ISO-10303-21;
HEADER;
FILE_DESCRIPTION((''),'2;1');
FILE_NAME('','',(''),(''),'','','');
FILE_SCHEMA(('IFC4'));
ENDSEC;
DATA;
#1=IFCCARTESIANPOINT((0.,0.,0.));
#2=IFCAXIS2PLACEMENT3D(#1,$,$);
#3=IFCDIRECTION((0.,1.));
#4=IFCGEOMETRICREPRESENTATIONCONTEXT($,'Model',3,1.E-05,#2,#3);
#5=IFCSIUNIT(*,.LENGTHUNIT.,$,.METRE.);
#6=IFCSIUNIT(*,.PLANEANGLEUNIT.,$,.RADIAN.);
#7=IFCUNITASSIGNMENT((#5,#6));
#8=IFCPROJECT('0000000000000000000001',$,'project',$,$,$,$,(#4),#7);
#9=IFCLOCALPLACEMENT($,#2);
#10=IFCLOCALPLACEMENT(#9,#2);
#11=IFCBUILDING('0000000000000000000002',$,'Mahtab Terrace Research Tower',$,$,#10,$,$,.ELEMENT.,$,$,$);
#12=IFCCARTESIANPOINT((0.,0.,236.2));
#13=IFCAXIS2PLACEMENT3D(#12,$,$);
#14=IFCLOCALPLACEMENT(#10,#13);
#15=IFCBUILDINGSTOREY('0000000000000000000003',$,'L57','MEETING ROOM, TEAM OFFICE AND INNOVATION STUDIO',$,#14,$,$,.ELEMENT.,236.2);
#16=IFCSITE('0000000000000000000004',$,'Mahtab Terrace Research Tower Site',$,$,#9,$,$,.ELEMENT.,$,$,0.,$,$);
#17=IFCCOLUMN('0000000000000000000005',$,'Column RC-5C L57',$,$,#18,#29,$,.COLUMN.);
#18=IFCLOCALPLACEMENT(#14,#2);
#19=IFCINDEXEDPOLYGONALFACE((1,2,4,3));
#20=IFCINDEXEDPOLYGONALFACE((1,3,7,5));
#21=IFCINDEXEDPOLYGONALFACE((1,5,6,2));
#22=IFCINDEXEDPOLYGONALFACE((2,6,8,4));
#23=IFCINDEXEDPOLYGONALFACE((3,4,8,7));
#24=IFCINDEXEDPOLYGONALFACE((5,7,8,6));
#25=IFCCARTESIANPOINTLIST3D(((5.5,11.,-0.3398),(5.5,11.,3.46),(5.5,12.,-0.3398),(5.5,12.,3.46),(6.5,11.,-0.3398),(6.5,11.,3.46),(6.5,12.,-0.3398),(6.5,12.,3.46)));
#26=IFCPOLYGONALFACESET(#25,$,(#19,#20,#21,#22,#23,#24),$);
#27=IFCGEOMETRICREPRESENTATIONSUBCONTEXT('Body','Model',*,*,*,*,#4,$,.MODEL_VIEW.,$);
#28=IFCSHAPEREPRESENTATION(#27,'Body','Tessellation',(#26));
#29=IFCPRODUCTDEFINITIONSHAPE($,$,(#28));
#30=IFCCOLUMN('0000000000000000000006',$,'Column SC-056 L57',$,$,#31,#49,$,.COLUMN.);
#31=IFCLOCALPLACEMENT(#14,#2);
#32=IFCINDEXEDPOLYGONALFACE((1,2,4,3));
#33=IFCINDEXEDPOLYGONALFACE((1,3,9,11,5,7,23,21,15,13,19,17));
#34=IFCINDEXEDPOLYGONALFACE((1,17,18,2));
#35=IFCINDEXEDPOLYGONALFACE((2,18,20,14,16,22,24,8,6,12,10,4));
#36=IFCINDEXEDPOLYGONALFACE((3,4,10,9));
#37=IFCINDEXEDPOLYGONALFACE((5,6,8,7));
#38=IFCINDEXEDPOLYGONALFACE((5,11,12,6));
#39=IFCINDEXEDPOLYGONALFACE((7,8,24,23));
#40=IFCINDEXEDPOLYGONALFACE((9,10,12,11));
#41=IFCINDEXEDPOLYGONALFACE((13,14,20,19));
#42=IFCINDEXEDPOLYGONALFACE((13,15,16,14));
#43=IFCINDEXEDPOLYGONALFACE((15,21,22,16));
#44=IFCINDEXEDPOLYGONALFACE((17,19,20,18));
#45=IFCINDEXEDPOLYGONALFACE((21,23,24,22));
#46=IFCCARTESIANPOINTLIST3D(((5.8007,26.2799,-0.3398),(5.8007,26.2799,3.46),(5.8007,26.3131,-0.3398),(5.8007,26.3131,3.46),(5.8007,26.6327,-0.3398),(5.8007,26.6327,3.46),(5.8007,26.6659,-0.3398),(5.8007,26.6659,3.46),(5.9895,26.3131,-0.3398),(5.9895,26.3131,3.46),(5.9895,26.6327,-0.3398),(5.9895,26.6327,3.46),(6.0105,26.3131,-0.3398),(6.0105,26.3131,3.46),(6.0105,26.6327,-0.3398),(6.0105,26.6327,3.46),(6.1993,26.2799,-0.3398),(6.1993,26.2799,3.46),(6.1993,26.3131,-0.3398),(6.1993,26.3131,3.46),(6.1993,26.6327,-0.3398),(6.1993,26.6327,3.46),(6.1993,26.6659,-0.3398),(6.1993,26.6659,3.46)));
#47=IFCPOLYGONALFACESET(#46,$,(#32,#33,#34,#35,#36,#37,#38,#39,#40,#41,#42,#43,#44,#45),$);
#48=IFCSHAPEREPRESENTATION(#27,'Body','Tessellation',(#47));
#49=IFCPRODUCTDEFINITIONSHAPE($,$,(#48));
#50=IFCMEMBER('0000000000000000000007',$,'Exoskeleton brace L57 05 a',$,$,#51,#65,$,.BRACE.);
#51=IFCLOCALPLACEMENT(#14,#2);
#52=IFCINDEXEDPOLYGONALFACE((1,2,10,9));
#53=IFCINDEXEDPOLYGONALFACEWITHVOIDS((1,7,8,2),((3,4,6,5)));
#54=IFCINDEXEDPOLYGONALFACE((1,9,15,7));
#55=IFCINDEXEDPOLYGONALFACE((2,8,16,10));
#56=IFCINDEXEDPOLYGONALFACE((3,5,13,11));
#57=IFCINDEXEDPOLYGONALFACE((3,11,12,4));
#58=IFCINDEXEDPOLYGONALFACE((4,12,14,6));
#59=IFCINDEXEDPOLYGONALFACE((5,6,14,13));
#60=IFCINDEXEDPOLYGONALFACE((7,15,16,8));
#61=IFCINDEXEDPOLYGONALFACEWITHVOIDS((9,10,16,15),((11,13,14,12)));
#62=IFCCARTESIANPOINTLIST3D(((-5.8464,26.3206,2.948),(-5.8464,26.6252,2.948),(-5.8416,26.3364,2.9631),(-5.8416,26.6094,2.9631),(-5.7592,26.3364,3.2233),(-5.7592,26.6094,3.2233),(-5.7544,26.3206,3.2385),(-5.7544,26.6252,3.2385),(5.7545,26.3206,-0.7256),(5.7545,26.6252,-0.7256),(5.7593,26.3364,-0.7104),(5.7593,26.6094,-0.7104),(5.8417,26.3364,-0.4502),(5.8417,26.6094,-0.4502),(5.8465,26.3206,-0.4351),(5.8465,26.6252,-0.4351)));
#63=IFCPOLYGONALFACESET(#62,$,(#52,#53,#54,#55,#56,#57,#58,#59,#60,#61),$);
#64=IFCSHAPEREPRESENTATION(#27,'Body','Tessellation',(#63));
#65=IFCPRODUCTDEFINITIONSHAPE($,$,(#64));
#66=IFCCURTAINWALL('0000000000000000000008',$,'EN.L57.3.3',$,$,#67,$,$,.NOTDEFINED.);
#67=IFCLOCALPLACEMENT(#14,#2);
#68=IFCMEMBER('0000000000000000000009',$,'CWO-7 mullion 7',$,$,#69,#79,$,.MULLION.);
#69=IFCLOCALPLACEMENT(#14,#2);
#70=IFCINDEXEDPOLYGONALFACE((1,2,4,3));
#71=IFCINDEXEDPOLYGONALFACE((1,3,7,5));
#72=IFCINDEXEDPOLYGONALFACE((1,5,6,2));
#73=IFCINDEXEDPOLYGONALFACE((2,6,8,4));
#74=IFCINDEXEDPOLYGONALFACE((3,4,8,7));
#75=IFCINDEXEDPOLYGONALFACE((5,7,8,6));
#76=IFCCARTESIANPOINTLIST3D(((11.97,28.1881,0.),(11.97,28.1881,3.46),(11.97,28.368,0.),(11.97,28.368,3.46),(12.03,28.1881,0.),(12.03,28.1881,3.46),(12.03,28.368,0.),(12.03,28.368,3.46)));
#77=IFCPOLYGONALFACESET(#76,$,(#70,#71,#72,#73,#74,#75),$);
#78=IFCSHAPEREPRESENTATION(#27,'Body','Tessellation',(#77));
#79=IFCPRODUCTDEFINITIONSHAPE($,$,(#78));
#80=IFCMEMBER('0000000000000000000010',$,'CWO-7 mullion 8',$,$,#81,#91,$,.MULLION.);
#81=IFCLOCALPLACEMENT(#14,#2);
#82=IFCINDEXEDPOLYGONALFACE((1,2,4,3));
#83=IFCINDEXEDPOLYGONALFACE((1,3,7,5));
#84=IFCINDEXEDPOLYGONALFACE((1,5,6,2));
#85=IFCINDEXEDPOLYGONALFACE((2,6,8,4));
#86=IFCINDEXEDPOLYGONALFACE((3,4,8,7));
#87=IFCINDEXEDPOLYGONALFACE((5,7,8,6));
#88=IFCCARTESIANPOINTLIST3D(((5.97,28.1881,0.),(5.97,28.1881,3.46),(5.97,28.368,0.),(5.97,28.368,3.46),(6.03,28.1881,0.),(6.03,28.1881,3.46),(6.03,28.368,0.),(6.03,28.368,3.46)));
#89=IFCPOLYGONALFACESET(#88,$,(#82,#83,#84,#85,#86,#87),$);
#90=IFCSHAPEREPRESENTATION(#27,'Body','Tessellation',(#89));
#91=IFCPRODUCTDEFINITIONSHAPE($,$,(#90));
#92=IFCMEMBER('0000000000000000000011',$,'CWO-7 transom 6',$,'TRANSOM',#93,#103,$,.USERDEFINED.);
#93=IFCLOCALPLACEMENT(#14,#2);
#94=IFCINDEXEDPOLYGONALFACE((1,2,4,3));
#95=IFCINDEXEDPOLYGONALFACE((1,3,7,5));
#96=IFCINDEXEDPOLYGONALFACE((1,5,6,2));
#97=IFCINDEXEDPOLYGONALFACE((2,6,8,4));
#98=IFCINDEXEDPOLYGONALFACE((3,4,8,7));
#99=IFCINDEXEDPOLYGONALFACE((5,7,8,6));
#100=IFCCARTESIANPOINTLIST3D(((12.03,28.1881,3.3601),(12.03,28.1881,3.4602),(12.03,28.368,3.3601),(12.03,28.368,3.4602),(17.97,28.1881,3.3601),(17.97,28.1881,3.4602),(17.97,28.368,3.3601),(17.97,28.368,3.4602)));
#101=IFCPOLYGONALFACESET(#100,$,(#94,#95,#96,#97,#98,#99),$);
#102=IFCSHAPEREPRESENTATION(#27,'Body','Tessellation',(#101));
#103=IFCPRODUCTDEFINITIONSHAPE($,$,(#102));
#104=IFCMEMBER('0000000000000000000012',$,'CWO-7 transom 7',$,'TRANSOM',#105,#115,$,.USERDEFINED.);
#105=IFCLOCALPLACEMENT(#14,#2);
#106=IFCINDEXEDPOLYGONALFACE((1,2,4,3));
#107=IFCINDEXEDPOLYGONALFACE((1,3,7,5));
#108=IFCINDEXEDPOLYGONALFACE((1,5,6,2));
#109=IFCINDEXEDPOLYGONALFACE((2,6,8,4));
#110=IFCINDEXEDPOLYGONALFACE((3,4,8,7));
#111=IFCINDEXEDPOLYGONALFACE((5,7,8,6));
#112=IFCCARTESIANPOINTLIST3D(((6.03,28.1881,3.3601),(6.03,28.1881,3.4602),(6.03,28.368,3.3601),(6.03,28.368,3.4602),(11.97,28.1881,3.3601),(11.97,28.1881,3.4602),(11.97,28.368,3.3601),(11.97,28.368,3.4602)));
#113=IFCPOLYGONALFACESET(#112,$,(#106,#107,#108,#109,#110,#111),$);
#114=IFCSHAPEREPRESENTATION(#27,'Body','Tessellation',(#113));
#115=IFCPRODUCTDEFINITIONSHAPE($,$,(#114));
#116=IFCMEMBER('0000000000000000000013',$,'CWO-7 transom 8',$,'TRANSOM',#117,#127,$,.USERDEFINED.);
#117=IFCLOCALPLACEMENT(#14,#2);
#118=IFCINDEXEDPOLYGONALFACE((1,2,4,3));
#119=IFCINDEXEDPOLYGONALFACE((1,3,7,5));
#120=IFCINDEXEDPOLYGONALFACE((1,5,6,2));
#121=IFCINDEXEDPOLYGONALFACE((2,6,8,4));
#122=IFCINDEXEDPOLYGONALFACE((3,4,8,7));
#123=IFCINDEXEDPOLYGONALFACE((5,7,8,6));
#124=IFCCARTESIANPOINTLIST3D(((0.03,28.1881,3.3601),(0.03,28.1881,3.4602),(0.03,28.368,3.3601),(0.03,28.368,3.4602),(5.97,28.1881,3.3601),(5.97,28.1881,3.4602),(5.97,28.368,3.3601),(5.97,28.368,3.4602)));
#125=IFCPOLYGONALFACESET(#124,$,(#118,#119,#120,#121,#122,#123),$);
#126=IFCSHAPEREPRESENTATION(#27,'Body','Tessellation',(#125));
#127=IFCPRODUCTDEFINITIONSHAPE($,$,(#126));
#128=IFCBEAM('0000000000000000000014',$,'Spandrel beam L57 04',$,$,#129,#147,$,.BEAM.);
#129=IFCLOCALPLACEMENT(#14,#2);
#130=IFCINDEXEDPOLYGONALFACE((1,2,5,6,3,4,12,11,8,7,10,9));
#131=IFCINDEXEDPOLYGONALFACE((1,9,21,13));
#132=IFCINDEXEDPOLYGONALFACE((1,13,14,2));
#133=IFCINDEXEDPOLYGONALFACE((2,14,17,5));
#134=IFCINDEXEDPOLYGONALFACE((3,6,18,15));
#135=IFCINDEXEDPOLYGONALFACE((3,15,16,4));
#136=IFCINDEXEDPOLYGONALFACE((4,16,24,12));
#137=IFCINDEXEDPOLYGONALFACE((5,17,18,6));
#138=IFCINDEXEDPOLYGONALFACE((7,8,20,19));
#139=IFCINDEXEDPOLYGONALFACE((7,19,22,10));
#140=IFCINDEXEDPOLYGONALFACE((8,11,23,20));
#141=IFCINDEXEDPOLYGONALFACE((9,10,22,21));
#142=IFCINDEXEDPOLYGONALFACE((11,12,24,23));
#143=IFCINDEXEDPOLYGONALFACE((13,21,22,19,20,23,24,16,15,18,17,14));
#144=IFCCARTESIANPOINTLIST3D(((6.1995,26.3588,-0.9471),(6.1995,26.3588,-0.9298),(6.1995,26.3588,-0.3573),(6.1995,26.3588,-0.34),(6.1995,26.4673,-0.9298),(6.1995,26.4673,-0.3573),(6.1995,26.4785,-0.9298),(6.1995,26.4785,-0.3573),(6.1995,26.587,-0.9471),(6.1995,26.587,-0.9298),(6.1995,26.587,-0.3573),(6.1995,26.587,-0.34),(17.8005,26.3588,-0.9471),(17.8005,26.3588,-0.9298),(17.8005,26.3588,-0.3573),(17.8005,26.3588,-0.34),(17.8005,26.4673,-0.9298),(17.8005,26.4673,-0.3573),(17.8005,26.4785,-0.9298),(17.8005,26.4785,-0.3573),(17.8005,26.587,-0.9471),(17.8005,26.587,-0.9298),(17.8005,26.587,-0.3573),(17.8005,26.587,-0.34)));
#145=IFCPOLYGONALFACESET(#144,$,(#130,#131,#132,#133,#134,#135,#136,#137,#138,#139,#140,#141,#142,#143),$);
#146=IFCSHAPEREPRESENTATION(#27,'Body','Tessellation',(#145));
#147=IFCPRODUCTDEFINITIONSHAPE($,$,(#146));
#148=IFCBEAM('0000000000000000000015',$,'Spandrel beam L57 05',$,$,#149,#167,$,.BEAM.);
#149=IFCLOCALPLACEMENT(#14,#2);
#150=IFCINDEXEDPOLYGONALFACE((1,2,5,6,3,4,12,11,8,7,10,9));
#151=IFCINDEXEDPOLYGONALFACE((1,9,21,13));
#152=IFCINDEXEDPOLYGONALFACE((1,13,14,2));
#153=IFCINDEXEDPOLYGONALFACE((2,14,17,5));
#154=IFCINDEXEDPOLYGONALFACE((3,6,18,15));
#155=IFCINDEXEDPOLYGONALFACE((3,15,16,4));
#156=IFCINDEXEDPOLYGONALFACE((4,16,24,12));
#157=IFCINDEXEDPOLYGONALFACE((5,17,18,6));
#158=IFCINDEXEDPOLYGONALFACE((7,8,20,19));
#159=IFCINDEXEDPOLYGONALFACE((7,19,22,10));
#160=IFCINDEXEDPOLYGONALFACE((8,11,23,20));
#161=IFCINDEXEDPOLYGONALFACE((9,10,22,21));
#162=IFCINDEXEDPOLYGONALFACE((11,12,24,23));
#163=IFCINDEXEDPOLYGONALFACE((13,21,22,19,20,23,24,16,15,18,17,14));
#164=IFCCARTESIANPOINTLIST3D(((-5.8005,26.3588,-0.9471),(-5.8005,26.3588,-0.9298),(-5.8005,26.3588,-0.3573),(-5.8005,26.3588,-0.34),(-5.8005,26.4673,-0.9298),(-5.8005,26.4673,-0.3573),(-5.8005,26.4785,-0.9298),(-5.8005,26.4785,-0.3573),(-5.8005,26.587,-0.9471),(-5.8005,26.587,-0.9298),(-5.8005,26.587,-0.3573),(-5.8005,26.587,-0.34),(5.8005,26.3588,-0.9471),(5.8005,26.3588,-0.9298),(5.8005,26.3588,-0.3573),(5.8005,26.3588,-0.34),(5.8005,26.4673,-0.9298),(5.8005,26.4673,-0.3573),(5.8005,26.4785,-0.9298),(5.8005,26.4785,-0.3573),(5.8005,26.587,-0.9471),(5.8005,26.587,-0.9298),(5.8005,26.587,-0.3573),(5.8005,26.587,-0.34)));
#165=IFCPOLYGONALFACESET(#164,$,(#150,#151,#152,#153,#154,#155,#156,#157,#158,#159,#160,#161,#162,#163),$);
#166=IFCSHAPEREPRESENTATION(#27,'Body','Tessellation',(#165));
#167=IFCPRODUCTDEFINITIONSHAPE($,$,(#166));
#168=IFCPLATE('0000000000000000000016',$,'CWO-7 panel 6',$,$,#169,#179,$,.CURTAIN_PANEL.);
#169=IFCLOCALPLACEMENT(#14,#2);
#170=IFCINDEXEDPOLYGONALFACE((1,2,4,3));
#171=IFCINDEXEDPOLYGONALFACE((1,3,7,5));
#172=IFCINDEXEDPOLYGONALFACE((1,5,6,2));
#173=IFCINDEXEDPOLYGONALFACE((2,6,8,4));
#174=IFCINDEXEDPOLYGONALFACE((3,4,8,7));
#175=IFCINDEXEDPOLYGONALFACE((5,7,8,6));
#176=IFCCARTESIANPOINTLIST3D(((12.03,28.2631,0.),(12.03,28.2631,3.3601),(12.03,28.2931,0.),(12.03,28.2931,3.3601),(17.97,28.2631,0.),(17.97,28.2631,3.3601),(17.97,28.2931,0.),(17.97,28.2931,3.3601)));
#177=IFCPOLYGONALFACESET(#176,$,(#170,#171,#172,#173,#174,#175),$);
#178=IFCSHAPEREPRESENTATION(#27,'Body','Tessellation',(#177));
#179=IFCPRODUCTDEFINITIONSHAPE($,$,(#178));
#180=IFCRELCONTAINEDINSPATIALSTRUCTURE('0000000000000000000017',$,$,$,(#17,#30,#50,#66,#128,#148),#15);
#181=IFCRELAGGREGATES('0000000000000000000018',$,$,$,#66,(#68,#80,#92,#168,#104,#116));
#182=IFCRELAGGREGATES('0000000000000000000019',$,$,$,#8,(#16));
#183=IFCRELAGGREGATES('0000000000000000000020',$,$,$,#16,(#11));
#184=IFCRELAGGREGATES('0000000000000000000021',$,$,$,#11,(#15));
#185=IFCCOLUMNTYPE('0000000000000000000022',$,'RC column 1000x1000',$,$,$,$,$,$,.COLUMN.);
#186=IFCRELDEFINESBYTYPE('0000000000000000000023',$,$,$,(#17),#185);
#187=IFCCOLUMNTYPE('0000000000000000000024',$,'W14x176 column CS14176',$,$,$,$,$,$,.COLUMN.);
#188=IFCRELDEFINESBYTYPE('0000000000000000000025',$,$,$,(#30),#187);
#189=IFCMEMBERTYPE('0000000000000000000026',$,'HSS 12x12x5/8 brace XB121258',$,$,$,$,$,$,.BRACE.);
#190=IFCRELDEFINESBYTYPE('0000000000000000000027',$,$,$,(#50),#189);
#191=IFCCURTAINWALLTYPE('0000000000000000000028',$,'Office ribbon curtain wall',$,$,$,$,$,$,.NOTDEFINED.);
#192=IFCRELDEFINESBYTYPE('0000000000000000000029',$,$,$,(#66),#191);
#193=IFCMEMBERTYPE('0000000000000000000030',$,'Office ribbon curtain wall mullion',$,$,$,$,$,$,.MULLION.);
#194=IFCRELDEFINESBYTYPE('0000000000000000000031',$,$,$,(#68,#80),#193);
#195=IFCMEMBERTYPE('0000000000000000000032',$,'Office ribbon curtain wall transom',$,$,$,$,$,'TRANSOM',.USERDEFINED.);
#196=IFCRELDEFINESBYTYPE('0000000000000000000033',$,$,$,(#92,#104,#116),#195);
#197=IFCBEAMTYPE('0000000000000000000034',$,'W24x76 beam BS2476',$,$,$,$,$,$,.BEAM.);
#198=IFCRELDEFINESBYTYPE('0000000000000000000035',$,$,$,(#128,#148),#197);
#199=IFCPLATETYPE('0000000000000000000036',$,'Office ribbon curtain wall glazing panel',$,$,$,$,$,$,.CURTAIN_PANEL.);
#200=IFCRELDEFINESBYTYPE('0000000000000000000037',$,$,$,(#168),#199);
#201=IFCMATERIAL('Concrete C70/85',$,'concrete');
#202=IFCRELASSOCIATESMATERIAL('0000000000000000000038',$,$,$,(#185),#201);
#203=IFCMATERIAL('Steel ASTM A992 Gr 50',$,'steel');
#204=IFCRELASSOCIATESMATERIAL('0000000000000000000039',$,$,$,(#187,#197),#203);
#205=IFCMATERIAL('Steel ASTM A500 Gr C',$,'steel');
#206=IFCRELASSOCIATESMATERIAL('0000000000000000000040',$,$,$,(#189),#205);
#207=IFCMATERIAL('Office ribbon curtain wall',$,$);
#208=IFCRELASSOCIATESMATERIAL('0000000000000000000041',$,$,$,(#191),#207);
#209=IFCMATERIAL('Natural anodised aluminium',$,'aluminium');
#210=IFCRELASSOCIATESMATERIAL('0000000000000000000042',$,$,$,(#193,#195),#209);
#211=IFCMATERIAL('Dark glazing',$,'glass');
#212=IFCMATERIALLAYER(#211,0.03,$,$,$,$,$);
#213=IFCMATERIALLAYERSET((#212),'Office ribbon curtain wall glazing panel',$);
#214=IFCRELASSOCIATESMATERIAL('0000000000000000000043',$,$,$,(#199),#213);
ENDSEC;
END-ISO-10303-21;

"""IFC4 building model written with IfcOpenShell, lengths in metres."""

from ifc_helpers import new_model, si_unit, direction, frame, origin, origin_2d, place, context, subcontext, project, spatial, rectangle, hollow_rectangle, i_section, extrude, material, layer, layer_set, material_profile, profile_set, type_object, element, aggregate, save


model = new_model("IFC4")

# Units and contexts
model_context = context("Model", 3, precision=1e-05, world=origin(), true_north=direction((0.0, 1.0)))
body_context = subcontext(model_context, "Body", "Model", "MODEL_VIEW")
ifc_project = project(units=[si_unit("LENGTHUNIT", "METRE"), si_unit("PLANEANGLEUNIT", "RADIAN")], contexts=[model_context])

# Site, building, storey
site_placement = place(None, origin())
site = spatial("IfcSite", under=ifc_project, at=site_placement, Name="Mahtab Terrace Research Tower Site", CompositionType="ELEMENT", RefElevation=0.0)
building_placement = place(site_placement, origin())
building = spatial("IfcBuilding", under=site, at=building_placement, Name="Mahtab Terrace Research Tower", CompositionType="ELEMENT")
storey_placement = place(building_placement, frame((0.0, 0.0, 236.2)))
storey = spatial("IfcBuildingStorey", under=building, at=storey_placement, Name="L57", Description="MEETING ROOM, TEAM OFFICE AND INNOVATION STUDIO", CompositionType="ELEMENT", Elevation=236.2)

# Columns
ifc_material_1 = material(Name="Concrete C70/85", Category="concrete")
ifc_material_profile_1 = material_profile(ifc_material_1, rectangle(XDim=1.0, YDim=1.0, at=origin_2d()), Name="RC column 1000x1000")
ifc_profile_set_1 = profile_set([ifc_material_profile_1], Name="Concrete C70/85")
column_type_1 = type_object("IfcColumnType", Name="RC column 1000x1000", PredefinedType="COLUMN", material=ifc_profile_set_1)
column_1_placement = place(storey_placement, frame((6.0, 11.5, -0.3398), z_axis=(0.0, 0.0, 1.0), x_axis=(1.0, 0.0, 0.0)))
element("IfcColumn", 1, at=column_1_placement, inside=storey, type_object=column_type_1, Name="Column RC-5C L57", PredefinedType="COLUMN", context=body_context, shape_type="SweptSolid", body=[
    extrude(rectangle(XDim=1.0, YDim=1.0, at=origin_2d()), origin(), (0.0, 0.0, 1.0), 3.7998),
])
ifc_material_2 = material(Name="Steel ASTM A992 Gr 50", Category="steel")
ifc_material_profile_2 = material_profile(ifc_material_2, i_section(OverallWidth=0.3987, OverallDepth=0.386, WebThickness=0.021, FlangeThickness=0.0332, at=origin_2d()), Name="W14X176")
ifc_profile_set_2 = profile_set([ifc_material_profile_2], Name="Steel ASTM A992 Gr 50")
column_type_2 = type_object("IfcColumnType", Name="W14x176 column CS14176", PredefinedType="COLUMN", material=ifc_profile_set_2)
column_2_placement = place(storey_placement, frame((6.0, 26.4729, -0.3398), z_axis=(0.0, 0.0, 1.0), x_axis=(1.0, 0.0, 0.0)))
element("IfcColumn", 2, at=column_2_placement, inside=storey, type_object=column_type_2, Name="Column SC-056 L57", PredefinedType="COLUMN", context=body_context, shape_type="SweptSolid", body=[
    extrude(i_section(OverallWidth=0.3987, OverallDepth=0.386, WebThickness=0.021, FlangeThickness=0.0332, at=origin_2d()), origin(), (0.0, 0.0, 1.0), 3.7998),
])

# Member
ifc_material_3 = material(Name="Steel ASTM A500 Gr C", Category="steel")
ifc_material_profile_3 = material_profile(ifc_material_3, hollow_rectangle(XDim=0.3047, YDim=0.3047, WallThickness=0.0159, at=origin_2d()), Name="HSS12X12X5/8")
ifc_profile_set_3 = profile_set([ifc_material_profile_3], Name="Steel ASTM A500 Gr C")
member_type_1 = type_object("IfcMemberType", Name="HSS 12x12x5/8 brace XB121258", PredefinedType="BRACE", material=ifc_profile_set_3)
member_1_placement = place(storey_placement, frame((5.8005, 26.4729, -0.5803), z_axis=(-0.953344, 0.0, 0.301885), x_axis=(0.0, -1.0, 0.0)))
element("IfcMember", 3, at=member_1_placement, inside=storey, type_object=member_type_1, Name="Exoskeleton brace L57 05 a", PredefinedType="BRACE", context=body_context, shape_type="SweptSolid", body=[
    extrude(hollow_rectangle(XDim=0.3047, YDim=0.3047, WallThickness=0.0159, at=origin_2d()), origin(), (0.0, 0.0, 1.0), 12.1687),
])

# Curtain wall, members
ifc_material_4 = material(Name="Office ribbon curtain wall")
curtain_wall_type = type_object("IfcCurtainWallType", Name="Office ribbon curtain wall", PredefinedType="NOTDEFINED", material=ifc_material_4)
curtain_wall_placement = place(storey_placement, origin())
curtain_wall = element("IfcCurtainWall", 4, at=curtain_wall_placement, inside=storey, type_object=curtain_wall_type, Name="EN.L57.3.3", PredefinedType="NOTDEFINED")
ifc_material_5 = material(Name="Natural anodised aluminium", Category="aluminium")
ifc_material_profile_4 = material_profile(ifc_material_5, rectangle(XDim=0.1799, YDim=0.0601, at=origin_2d()), Name="MULLION 60x180")
ifc_profile_set_4 = profile_set([ifc_material_profile_4], Name="Natural anodised aluminium")
member_type_2 = type_object("IfcMemberType", Name="Office ribbon curtain wall mullion", PredefinedType="MULLION", material=ifc_profile_set_4)
member_2_placement = place(storey_placement, frame((12.0, 28.2781, 0.0), z_axis=(0.0, 0.0, 1.0), x_axis=(0.0, -1.0, 0.0)))
member_2 = element("IfcMember", 5, at=member_2_placement, type_object=member_type_2, Name="CWO-7 mullion 7", PredefinedType="MULLION", context=body_context, shape_type="SweptSolid", body=[
    extrude(rectangle(XDim=0.1799, YDim=0.0601, at=origin_2d()), origin(), (0.0, 0.0, 1.0), 3.46),
])
member_3_placement = place(storey_placement, frame((6.0, 28.2781, 0.0), z_axis=(0.0, 0.0, 1.0), x_axis=(0.0, -1.0, 0.0)))
member_3 = element("IfcMember", 6, at=member_3_placement, type_object=member_type_2, Name="CWO-7 mullion 8", PredefinedType="MULLION", context=body_context, shape_type="SweptSolid", body=[
    extrude(rectangle(XDim=0.1799, YDim=0.0601, at=origin_2d()), origin(), (0.0, 0.0, 1.0), 3.46),
])
ifc_material_profile_5 = material_profile(ifc_material_5, rectangle(XDim=0.1799, YDim=0.1001, at=origin_2d()), Name="TRANSOM 100x180")
ifc_profile_set_5 = profile_set([ifc_material_profile_5], Name="Natural anodised aluminium")
member_type_3 = type_object("IfcMemberType", Name="Office ribbon curtain wall transom", ElementType="TRANSOM", PredefinedType="USERDEFINED", material=ifc_profile_set_5)
member_4_placement = place(storey_placement, frame((17.97, 28.2781, 3.4102), z_axis=(-1.0, 0.0, 0.0), x_axis=(0.0, -1.0, 0.0)))
member_4 = element("IfcMember", 7, at=member_4_placement, type_object=member_type_3, Name="CWO-7 transom 6", ObjectType="TRANSOM", PredefinedType="USERDEFINED", context=body_context, shape_type="SweptSolid", body=[
    extrude(rectangle(XDim=0.1799, YDim=0.1001, at=origin_2d()), origin(), (0.0, 0.0, 1.0), 5.9399),
])
member_5_placement = place(storey_placement, frame((11.97, 28.2781, 3.4102), z_axis=(-1.0, 0.0, 0.0), x_axis=(0.0, -1.0, 0.0)))
member_5 = element("IfcMember", 8, at=member_5_placement, type_object=member_type_3, Name="CWO-7 transom 7", ObjectType="TRANSOM", PredefinedType="USERDEFINED", context=body_context, shape_type="SweptSolid", body=[
    extrude(rectangle(XDim=0.1799, YDim=0.1001, at=origin_2d()), origin(), (0.0, 0.0, 1.0), 5.9399),
])
member_6_placement = place(storey_placement, frame((5.97, 28.2781, 3.4102), z_axis=(-1.0, 0.0, 0.0), x_axis=(0.0, -1.0, 0.0)))
member_6 = element("IfcMember", 9, at=member_6_placement, type_object=member_type_3, Name="CWO-7 transom 8", ObjectType="TRANSOM", PredefinedType="USERDEFINED", context=body_context, shape_type="SweptSolid", body=[
    extrude(rectangle(XDim=0.1799, YDim=0.1001, at=origin_2d()), origin(), (0.0, 0.0, 1.0), 5.9399),
])

# Beams
ifc_material_profile_6 = material_profile(ifc_material_2, i_section(OverallWidth=0.2283, OverallDepth=0.6072, WebThickness=0.0112, FlangeThickness=0.0173, at=origin_2d()), Name="W24X76")
ifc_profile_set_6 = profile_set([ifc_material_profile_6], Name="Steel ASTM A992 Gr 50")
beam_type = type_object("IfcBeamType", Name="W24x76 beam BS2476", PredefinedType="BEAM", material=ifc_profile_set_6)
for number, where, z_axis, x_axis, name in (
    (10, (17.8005, 26.4729, -0.6436), (-1.0, 0.0, 0.0), (0.0, -1.0, 0.0), "Spandrel beam L57 04"),
    (11, (5.8005, 26.4729, -0.6436), (-1.0, 0.0, 0.0), (0.0, -1.0, 0.0), "Spandrel beam L57 05"),
):
    element("IfcBeam", number, at=place(storey_placement, frame(where, z_axis=z_axis, x_axis=x_axis)), inside=storey, type_object=beam_type, Name=name, PredefinedType="BEAM", context=body_context, shape_type="SweptSolid", body=[
        extrude(i_section(OverallWidth=0.2283, OverallDepth=0.6072, WebThickness=0.0112, FlangeThickness=0.0173, at=origin_2d()), origin(), (0.0, 0.0, 1.0), 11.6011),
    ])

# Plate
ifc_material_6 = material(Name="Dark glazing", Category="glass")
ifc_layer_1 = layer(ifc_material_6, 0.03)
ifc_layer_set_1 = layer_set([ifc_layer_1], Name="Office ribbon curtain wall glazing panel")
plate_type_1 = type_object("IfcPlateType", Name="Office ribbon curtain wall glazing panel", PredefinedType="CURTAIN_PANEL", material=ifc_layer_set_1)
plate_1_placement = place(storey_placement, frame((15.0, 28.2781, 0.0), z_axis=(0.0, 0.0, 1.0), x_axis=(-1.0, 0.0, 0.0)))
plate_1 = element("IfcPlate", 12, at=plate_1_placement, type_object=plate_type_1, Name="CWO-7 panel 6", PredefinedType="CURTAIN_PANEL", context=body_context, shape_type="SweptSolid", body=[
    extrude(rectangle(XDim=5.9399, YDim=0.03, at=origin_2d()), origin(), (0.0, 0.0, 1.0), 3.3601),
])
aggregate(curtain_wall, [member_2, member_3, member_4, plate_1, member_5, member_6])

save(model, "model.ifc")
